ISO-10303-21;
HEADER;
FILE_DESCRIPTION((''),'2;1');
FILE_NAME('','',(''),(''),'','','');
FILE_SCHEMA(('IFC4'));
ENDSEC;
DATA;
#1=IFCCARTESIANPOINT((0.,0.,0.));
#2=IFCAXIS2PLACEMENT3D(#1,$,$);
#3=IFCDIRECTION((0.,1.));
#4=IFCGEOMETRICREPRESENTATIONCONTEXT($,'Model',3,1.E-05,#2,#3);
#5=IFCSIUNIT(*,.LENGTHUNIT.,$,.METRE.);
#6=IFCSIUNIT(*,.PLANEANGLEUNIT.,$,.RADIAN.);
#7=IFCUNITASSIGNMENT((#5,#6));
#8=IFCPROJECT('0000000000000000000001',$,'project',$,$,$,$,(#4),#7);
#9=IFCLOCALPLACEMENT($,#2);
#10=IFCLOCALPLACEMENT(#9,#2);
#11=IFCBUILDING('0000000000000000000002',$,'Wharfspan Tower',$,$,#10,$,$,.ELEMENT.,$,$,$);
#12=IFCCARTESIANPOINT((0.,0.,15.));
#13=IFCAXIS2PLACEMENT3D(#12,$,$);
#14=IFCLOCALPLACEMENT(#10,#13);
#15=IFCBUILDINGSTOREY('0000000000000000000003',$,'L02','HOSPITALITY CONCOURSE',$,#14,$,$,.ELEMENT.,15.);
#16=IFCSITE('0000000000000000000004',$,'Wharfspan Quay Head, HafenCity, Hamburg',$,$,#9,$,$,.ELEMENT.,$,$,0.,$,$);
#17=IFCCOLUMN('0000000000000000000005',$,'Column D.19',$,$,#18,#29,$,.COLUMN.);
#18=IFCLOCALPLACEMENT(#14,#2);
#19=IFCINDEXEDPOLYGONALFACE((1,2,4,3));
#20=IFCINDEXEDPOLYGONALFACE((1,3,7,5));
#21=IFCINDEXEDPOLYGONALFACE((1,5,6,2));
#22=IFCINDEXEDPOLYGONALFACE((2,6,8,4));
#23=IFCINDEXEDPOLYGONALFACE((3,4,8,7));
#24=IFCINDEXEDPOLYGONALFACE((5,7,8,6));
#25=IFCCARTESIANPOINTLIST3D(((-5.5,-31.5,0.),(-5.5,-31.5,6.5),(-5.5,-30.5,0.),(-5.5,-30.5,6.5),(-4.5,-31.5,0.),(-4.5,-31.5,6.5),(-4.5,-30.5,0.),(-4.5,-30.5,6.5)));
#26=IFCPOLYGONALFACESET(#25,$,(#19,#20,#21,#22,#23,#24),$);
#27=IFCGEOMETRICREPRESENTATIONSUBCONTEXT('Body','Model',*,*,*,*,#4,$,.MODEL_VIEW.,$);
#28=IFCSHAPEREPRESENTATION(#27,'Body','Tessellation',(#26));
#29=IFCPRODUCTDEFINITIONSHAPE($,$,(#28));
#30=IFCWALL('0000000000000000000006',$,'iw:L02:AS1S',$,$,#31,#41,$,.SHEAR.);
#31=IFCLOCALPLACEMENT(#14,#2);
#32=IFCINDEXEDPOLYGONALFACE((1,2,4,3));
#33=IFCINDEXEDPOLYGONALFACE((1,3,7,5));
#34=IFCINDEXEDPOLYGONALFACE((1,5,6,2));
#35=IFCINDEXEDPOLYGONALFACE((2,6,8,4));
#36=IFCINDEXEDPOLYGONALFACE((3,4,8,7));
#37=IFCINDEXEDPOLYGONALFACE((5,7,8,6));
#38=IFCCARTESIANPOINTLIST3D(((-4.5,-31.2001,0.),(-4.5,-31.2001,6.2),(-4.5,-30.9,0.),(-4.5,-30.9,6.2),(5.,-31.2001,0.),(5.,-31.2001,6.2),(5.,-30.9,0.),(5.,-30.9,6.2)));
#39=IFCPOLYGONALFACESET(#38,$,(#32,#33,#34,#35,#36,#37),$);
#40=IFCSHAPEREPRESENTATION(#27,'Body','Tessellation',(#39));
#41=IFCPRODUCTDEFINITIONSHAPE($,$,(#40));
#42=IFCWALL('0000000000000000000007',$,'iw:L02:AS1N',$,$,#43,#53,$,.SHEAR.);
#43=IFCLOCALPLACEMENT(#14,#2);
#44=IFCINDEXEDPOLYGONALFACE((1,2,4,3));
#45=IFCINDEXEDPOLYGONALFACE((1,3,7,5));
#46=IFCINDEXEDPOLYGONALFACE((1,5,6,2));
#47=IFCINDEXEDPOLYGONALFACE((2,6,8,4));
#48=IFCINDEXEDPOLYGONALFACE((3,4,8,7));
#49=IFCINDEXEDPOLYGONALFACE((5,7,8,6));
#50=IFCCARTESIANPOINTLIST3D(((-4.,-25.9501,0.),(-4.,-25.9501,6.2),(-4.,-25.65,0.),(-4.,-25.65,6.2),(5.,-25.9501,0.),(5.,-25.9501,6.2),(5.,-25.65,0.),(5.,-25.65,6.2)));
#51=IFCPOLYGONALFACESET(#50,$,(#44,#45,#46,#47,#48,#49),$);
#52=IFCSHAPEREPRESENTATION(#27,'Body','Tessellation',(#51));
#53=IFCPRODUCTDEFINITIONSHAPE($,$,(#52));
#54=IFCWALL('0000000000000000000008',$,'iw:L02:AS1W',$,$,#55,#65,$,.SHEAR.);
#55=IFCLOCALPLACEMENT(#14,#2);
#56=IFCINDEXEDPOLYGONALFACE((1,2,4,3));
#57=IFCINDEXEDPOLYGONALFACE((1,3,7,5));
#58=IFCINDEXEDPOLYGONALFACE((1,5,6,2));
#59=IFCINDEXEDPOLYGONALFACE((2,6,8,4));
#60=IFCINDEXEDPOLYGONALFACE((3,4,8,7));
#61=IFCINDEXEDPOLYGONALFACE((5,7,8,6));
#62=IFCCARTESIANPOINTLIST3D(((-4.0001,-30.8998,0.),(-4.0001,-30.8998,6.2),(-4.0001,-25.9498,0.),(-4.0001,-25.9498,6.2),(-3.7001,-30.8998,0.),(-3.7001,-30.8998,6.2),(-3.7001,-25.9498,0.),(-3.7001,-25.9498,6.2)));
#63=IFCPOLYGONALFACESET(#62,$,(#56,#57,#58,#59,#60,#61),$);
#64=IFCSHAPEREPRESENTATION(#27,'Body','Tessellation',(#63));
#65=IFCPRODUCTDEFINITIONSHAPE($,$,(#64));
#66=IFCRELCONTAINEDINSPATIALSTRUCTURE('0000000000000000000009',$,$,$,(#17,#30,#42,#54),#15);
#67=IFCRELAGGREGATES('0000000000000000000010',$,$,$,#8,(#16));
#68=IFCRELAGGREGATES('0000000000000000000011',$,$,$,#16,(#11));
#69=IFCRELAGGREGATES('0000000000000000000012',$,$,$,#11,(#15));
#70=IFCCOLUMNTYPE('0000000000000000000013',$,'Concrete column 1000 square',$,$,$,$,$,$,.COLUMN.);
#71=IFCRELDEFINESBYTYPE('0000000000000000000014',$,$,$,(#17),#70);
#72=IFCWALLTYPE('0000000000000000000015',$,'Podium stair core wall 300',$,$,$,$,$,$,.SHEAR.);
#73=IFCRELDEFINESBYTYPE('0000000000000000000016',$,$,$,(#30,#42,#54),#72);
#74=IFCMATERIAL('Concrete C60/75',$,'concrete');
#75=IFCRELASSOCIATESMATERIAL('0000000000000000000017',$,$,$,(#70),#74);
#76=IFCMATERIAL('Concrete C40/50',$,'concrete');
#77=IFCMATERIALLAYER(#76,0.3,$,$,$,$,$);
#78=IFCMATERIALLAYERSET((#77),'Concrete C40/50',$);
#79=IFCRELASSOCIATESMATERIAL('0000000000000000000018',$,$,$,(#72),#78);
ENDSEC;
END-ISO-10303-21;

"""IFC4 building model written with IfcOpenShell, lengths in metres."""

from ifc_helpers import new_model, si_unit, direction, frame, frame_2d, origin, origin_2d, place, context, subcontext, project, spatial, rectangle, extrude, material, layer, layer_set, material_profile, profile_set, type_object, element, save


model = new_model("IFC4")

# Units and contexts
model_context = context("Model", 3, precision=1e-05, world=origin(), true_north=direction((0.0, 1.0)))
body_context = subcontext(model_context, "Body", "Model", "MODEL_VIEW")
ifc_project = project(units=[si_unit("LENGTHUNIT", "METRE"), si_unit("PLANEANGLEUNIT", "RADIAN")], contexts=[model_context])

# Site, building, storey
site_placement = place(None, origin())
site = spatial("IfcSite", under=ifc_project, at=site_placement, Name="Wharfspan Quay Head, HafenCity, Hamburg", CompositionType="ELEMENT", RefElevation=0.0)
building_placement = place(site_placement, origin())
building = spatial("IfcBuilding", under=site, at=building_placement, Name="Wharfspan Tower", CompositionType="ELEMENT")
storey_placement = place(building_placement, frame((0.0, 0.0, 15.0)))
storey = spatial("IfcBuildingStorey", under=building, at=storey_placement, Name="L02", Description="HOSPITALITY CONCOURSE", CompositionType="ELEMENT", Elevation=15.0)

# Column
ifc_material_1 = material(Name="Concrete C60/75", Category="concrete")
ifc_material_profile = material_profile(ifc_material_1, rectangle(XDim=1.0, YDim=1.0, at=origin_2d()))
ifc_profile_set = profile_set([ifc_material_profile], Name="Concrete C60/75")
column_type = type_object("IfcColumnType", Name="Concrete column 1000 square", PredefinedType="COLUMN", material=ifc_profile_set)
column_placement = place(storey_placement, frame((-5.0, -31.0, 0.0), z_axis=(0.0, 0.0, 1.0), x_axis=(1.0, 0.0, 0.0)))
element("IfcColumn", 1, at=column_placement, inside=storey, type_object=column_type, Name="Column D.19", PredefinedType="COLUMN", context=body_context, shape_type="SweptSolid", body=[
    extrude(rectangle(XDim=1.0, YDim=1.0, at=origin_2d()), origin(), (0.0, 0.0, 1.0), 6.5),
])

# Walls
ifc_material_2 = material(Name="Concrete C40/50", Category="concrete")
ifc_layer_1 = layer(ifc_material_2, 0.3)
ifc_layer_set_1 = layer_set([ifc_layer_1], Name="Concrete C40/50")
wall_type_1 = type_object("IfcWallType", Name="Podium stair core wall 300", PredefinedType="SHEAR", material=ifc_layer_set_1)
wall_1_placement = place(storey_placement, frame((-4.5, -31.05, 0.0), z_axis=(0.0, 0.0, 1.0), x_axis=(1.0, 0.0, 0.0)))
element("IfcWall", 2, at=wall_1_placement, inside=storey, type_object=wall_type_1, Name="iw:L02:AS1S", PredefinedType="SHEAR", context=body_context, shape_type="SweptSolid", body=[
    extrude(rectangle(XDim=9.5, YDim=0.3, at=frame_2d((4.75, 0.0))), origin(), (0.0, 0.0, 1.0), 6.2),
])
wall_2_placement = place(storey_placement, frame((-4.0, -25.8, 0.0), z_axis=(0.0, 0.0, 1.0), x_axis=(1.0, 0.0, 0.0)))
element("IfcWall", 3, at=wall_2_placement, inside=storey, type_object=wall_type_1, Name="iw:L02:AS1N", PredefinedType="SHEAR", context=body_context, shape_type="SweptSolid", body=[
    extrude(rectangle(XDim=9.0, YDim=0.3, at=frame_2d((4.5, 0.0))), origin(), (0.0, 0.0, 1.0), 6.2),
])
wall_3_placement = place(storey_placement, frame((-3.8501, -30.8999, 0.0), z_axis=(0.0, 0.0, 1.0), x_axis=(0.0, 1.0, 0.0)))
element("IfcWall", 4, at=wall_3_placement, inside=storey, type_object=wall_type_1, Name="iw:L02:AS1W", PredefinedType="SHEAR", context=body_context, shape_type="SweptSolid", body=[
    extrude(rectangle(XDim=4.95, YDim=0.3, at=frame_2d((2.4751, 0.0))), origin(), (0.0, 0.0, 1.0), 6.2),
])

save(model, "model.ifc")
